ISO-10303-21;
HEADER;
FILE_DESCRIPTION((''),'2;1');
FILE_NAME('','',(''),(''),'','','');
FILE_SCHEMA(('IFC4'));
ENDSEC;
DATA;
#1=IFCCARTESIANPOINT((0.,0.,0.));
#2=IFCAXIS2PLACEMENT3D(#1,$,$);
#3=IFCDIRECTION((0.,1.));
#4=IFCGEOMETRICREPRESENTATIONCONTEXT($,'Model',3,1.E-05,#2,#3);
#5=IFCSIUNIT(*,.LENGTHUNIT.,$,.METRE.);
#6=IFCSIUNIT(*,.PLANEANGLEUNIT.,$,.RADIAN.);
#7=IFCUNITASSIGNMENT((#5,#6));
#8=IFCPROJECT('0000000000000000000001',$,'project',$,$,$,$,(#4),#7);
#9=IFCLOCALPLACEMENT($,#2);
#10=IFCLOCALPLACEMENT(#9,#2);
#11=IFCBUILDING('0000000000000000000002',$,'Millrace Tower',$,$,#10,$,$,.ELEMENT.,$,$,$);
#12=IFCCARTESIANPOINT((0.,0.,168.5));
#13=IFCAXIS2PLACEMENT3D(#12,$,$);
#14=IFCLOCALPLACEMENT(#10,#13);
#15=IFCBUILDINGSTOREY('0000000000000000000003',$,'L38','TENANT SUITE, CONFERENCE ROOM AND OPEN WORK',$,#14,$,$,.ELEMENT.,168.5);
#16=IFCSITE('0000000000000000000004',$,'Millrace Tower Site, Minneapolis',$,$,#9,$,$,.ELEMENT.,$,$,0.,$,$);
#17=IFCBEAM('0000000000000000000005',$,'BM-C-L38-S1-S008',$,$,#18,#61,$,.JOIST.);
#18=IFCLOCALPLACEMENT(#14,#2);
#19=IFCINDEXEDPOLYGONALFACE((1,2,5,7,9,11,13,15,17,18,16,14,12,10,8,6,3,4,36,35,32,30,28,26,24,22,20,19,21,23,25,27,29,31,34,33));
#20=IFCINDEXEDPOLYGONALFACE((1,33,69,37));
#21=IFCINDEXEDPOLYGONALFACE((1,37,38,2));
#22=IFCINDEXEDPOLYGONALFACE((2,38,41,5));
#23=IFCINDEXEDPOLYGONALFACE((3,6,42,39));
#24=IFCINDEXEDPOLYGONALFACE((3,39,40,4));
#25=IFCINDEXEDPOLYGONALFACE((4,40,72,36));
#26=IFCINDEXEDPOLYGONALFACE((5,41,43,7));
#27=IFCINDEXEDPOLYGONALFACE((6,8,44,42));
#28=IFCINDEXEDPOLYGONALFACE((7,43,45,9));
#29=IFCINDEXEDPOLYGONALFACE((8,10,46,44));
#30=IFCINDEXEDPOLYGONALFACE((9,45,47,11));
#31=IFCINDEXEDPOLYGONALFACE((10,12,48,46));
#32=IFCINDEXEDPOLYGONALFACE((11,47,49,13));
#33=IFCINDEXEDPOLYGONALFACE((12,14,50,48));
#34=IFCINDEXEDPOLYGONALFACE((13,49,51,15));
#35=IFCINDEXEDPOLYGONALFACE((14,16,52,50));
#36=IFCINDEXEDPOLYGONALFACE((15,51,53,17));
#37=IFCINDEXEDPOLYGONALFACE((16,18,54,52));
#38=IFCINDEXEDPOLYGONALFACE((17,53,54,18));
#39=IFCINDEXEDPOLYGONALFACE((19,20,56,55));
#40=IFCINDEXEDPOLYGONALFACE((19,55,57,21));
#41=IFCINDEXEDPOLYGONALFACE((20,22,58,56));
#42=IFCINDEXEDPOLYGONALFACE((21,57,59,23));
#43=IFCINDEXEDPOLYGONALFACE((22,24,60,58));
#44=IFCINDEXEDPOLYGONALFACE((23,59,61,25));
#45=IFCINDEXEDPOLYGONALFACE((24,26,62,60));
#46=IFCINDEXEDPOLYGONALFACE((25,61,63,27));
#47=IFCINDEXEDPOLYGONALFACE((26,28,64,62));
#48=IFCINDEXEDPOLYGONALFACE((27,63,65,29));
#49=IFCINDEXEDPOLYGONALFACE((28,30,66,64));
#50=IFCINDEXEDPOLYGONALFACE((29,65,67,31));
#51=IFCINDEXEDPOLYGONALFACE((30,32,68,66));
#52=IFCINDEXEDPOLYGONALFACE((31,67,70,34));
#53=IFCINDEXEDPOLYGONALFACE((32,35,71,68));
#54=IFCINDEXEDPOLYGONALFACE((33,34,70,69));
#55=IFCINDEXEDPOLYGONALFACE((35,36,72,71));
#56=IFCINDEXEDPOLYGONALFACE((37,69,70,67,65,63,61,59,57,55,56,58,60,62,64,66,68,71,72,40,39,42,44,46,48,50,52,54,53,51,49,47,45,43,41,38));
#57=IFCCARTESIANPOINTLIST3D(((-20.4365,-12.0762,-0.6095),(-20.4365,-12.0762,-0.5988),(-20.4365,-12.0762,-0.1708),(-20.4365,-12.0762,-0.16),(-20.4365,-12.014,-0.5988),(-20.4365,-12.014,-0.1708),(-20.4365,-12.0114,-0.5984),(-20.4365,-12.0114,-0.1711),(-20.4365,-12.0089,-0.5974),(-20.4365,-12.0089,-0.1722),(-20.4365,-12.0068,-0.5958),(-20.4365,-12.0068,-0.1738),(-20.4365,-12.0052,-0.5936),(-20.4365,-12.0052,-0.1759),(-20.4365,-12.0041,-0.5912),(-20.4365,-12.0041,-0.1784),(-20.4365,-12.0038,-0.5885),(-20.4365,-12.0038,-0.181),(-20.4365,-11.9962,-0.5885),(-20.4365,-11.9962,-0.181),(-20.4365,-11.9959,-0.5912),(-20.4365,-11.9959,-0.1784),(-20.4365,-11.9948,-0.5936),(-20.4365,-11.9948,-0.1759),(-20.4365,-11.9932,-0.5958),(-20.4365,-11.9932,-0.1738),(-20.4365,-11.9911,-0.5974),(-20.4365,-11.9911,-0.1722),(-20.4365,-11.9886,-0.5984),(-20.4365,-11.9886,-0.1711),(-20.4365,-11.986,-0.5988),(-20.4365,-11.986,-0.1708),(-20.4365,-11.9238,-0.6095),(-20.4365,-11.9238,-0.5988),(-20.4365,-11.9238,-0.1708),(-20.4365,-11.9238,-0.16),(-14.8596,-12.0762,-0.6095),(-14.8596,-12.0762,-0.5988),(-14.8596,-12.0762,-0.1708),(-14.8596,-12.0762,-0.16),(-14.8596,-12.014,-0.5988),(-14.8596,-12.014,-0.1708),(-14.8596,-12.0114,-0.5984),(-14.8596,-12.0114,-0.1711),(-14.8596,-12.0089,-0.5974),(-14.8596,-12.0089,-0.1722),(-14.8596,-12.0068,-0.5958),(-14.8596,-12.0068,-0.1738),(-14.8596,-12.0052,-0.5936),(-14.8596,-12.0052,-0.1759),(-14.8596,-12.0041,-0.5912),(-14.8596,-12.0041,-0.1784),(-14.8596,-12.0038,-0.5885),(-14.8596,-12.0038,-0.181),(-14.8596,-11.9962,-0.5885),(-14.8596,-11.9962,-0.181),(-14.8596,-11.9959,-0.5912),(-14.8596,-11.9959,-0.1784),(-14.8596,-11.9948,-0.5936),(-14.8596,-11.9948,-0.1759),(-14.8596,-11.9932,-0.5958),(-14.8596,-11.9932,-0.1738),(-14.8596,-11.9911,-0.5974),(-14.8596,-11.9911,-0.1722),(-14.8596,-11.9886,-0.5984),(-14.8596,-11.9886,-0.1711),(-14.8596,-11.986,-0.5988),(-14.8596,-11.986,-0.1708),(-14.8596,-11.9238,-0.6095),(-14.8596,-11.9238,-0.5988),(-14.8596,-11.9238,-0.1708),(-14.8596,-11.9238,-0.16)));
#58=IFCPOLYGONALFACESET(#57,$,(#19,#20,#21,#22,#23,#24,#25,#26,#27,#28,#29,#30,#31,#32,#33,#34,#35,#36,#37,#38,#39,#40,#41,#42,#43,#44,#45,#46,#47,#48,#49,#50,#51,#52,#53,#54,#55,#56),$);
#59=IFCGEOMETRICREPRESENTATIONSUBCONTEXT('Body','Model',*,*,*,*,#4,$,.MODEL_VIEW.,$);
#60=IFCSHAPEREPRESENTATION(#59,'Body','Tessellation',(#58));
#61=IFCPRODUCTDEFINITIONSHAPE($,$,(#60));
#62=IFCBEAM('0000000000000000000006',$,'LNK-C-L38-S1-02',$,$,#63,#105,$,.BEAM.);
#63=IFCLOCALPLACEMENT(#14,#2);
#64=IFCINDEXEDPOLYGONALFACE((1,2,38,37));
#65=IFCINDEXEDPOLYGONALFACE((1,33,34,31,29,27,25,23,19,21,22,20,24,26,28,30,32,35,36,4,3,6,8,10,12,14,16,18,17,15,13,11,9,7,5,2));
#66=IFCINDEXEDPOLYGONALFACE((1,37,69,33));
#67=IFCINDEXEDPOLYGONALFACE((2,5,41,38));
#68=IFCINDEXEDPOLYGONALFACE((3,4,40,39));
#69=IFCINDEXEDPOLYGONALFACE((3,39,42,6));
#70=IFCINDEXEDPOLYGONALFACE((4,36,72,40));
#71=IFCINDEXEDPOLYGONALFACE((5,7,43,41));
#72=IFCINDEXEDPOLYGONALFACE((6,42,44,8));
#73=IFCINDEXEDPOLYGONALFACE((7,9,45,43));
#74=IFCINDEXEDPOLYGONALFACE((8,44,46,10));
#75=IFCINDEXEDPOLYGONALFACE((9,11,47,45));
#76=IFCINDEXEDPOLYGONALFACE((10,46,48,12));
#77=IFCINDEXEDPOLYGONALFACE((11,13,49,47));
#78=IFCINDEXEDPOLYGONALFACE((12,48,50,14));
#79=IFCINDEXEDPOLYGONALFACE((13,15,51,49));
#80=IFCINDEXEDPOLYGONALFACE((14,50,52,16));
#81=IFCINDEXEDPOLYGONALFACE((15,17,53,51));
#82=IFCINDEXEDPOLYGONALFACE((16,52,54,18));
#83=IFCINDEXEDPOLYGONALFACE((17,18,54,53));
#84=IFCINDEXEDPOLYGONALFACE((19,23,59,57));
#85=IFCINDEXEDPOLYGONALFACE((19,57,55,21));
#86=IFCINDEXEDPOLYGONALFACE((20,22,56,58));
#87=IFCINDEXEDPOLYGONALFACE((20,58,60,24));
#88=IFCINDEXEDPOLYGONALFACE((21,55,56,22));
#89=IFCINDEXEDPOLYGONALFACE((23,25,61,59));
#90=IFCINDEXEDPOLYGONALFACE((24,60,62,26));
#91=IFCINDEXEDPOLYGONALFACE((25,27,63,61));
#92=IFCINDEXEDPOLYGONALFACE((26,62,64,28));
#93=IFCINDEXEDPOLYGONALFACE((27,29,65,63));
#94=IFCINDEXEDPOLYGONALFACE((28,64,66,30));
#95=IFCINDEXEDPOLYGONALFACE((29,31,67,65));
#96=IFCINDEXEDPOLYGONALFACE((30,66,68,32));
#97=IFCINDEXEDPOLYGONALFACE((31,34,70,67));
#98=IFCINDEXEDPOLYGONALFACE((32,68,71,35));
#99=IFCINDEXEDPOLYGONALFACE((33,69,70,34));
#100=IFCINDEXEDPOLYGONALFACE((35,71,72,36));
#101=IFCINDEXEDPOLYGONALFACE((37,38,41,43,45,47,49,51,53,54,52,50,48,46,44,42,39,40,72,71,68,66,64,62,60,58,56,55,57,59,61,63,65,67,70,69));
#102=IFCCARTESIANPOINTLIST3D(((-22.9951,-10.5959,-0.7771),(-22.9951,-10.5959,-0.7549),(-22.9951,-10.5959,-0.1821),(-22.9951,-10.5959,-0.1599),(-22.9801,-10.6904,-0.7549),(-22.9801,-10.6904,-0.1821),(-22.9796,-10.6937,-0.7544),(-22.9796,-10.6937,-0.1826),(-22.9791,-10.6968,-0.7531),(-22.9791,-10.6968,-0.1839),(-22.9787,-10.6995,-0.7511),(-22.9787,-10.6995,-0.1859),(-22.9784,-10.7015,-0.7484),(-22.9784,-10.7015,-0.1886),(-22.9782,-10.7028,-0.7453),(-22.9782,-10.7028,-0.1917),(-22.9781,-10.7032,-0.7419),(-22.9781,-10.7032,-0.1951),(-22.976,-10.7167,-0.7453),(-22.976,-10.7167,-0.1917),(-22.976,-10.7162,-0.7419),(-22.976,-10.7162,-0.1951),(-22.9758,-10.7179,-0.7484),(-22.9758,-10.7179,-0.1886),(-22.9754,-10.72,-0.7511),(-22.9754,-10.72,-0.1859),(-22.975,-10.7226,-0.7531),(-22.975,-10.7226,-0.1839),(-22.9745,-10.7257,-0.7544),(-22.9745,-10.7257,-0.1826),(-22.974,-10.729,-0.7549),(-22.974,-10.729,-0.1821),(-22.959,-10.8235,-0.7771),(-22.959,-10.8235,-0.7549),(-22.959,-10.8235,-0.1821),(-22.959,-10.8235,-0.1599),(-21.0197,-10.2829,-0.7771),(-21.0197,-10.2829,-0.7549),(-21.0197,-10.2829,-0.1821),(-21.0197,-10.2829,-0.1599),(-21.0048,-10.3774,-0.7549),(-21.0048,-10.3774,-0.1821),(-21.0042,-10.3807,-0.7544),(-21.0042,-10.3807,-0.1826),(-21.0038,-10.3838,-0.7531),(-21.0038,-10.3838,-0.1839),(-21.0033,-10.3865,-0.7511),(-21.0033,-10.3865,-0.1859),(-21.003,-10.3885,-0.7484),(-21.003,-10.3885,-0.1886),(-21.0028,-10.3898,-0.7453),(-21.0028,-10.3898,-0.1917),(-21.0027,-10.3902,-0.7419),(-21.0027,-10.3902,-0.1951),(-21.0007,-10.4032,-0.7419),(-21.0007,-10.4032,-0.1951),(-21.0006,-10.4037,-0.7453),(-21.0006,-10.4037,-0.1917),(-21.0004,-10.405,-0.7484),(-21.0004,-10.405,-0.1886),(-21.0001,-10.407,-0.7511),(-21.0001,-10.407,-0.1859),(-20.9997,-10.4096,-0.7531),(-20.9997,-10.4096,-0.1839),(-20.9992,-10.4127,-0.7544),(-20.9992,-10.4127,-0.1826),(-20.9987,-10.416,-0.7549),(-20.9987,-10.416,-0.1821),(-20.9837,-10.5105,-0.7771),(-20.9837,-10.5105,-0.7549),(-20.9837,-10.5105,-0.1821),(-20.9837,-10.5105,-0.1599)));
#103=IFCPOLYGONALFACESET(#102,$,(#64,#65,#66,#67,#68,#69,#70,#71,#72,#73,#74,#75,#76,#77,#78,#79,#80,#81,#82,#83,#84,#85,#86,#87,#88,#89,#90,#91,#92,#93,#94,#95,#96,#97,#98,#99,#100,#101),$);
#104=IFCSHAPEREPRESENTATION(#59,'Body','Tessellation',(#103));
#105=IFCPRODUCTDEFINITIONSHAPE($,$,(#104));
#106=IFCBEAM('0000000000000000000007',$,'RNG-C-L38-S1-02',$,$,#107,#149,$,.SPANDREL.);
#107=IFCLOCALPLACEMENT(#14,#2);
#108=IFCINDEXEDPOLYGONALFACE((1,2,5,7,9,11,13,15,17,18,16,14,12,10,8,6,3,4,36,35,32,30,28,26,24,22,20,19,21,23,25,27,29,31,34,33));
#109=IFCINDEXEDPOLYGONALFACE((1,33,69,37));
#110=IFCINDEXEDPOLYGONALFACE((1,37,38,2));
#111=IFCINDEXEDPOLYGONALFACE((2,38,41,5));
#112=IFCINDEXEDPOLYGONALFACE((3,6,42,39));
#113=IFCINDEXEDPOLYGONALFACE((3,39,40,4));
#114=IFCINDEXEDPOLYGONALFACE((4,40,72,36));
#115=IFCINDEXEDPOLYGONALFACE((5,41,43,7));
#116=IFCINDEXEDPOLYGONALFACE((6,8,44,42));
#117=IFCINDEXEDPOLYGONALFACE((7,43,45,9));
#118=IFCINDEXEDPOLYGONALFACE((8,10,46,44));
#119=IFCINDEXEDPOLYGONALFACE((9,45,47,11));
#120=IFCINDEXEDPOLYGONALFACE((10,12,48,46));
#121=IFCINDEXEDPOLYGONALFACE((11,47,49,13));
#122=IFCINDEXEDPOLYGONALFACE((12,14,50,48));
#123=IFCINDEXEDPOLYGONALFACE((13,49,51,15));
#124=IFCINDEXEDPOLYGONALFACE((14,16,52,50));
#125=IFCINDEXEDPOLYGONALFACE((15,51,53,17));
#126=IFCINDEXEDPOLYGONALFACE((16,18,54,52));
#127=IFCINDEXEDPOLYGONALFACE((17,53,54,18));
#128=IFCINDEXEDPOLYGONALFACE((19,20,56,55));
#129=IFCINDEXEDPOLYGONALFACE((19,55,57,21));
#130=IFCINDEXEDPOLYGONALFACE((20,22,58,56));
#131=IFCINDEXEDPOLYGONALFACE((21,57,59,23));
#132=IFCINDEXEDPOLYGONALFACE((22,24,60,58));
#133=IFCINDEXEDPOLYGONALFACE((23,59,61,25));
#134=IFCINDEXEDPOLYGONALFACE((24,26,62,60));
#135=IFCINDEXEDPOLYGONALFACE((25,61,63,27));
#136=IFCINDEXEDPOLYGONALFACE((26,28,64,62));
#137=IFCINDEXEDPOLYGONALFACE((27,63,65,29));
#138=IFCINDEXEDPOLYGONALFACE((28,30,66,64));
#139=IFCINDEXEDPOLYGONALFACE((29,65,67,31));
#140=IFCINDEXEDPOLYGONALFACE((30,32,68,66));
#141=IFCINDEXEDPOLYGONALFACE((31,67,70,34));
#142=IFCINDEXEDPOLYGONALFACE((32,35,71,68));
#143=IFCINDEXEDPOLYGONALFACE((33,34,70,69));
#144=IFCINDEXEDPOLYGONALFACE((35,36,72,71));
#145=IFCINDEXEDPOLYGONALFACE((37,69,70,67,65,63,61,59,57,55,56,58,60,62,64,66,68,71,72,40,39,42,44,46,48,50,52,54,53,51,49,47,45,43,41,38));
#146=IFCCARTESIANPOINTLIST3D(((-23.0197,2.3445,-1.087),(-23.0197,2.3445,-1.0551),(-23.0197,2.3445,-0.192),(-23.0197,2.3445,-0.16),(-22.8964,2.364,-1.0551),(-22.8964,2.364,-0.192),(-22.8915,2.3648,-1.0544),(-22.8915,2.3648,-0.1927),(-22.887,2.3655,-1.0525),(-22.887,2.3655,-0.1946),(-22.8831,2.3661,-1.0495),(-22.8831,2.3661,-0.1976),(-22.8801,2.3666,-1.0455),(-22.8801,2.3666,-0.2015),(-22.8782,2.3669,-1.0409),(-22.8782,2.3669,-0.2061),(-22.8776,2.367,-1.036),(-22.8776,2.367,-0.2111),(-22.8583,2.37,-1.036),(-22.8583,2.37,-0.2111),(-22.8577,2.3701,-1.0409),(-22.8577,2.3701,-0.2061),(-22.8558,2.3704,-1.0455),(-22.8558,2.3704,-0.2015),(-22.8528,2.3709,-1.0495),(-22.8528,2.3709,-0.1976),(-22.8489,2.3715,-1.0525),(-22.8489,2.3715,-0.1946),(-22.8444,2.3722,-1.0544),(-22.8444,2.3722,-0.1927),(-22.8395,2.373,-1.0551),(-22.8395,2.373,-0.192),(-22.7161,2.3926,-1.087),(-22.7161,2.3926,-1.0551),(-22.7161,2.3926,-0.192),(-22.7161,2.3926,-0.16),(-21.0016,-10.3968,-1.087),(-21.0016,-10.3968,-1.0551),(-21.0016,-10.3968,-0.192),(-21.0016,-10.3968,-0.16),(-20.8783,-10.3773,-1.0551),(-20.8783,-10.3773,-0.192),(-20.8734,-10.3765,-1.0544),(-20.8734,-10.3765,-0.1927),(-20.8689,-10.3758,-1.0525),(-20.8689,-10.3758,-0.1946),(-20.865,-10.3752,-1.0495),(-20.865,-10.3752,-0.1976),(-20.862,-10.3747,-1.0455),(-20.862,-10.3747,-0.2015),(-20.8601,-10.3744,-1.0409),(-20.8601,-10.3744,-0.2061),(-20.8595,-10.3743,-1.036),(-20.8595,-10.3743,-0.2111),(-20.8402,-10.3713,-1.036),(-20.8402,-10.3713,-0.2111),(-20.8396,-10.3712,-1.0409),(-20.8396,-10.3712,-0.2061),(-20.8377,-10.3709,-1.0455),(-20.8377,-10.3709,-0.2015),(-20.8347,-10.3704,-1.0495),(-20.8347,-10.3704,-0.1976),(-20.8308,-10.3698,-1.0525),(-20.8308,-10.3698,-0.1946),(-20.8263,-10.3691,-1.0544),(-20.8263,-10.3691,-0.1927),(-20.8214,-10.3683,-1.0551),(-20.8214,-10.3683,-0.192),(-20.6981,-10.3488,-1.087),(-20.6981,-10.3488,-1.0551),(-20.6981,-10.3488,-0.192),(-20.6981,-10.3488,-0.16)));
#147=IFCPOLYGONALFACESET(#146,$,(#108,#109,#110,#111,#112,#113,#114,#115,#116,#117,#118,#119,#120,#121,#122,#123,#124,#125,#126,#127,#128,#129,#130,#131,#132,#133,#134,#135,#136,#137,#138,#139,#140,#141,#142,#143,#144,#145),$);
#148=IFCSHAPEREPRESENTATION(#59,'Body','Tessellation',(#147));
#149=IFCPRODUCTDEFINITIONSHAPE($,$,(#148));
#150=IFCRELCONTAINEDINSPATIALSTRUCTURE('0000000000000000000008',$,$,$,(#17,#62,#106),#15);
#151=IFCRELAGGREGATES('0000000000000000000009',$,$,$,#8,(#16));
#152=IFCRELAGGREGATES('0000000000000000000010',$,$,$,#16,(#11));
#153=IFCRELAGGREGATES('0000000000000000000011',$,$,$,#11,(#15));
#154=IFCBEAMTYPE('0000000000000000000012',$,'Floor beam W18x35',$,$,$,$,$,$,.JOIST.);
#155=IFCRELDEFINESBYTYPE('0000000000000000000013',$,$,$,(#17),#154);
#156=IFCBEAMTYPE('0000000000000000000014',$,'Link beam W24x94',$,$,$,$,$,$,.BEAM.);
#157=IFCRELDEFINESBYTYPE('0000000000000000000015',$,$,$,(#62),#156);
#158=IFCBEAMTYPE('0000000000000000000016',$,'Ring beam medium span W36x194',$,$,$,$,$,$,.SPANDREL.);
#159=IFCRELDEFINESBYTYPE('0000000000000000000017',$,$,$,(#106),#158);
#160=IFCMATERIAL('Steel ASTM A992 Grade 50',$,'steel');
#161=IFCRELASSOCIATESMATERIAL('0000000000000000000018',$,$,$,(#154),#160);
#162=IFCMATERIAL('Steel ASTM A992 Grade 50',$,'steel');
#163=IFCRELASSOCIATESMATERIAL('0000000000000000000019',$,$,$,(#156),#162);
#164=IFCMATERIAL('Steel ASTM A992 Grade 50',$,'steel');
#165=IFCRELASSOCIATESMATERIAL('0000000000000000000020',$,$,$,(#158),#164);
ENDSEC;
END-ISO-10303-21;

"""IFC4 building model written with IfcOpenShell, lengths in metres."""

from ifc_helpers import new_model, si_unit, direction, frame, origin, origin_2d, place, context, subcontext, project, spatial, i_section, extrude, material, material_profile, profile_set, type_object, element, save


model = new_model("IFC4")

# Units and contexts
model_context = context("Model", 3, precision=1e-05, world=origin(), true_north=direction((0.0, 1.0)))
body_context = subcontext(model_context, "Body", "Model", "MODEL_VIEW")
ifc_project = project(units=[si_unit("LENGTHUNIT", "METRE"), si_unit("PLANEANGLEUNIT", "RADIAN")], contexts=[model_context])

# Site, building, storey
site_placement = place(None, origin())
site = spatial("IfcSite", under=ifc_project, at=site_placement, Name="Millrace Tower Site, Minneapolis", CompositionType="ELEMENT", RefElevation=0.0)
building_placement = place(site_placement, origin())
building = spatial("IfcBuilding", under=site, at=building_placement, Name="Millrace Tower", CompositionType="ELEMENT")
storey_placement = place(building_placement, frame((0.0, 0.0, 168.5)))
storey = spatial("IfcBuildingStorey", under=building, at=storey_placement, Name="L38", Description="TENANT SUITE, CONFERENCE ROOM AND OPEN WORK", CompositionType="ELEMENT", Elevation=168.5)

# Beams
ifc_material_1 = material(Name="Steel ASTM A992 Grade 50", Category="steel")
ifc_material_profile_1 = material_profile(ifc_material_1, i_section(OverallWidth=0.1523, OverallDepth=0.4495, WebThickness=0.0076, FlangeThickness=0.0107, FilletRadius=0.0103, at=origin_2d()))
ifc_profile_set_1 = profile_set([ifc_material_profile_1], Name="Steel ASTM A992 Grade 50")
beam_type_1 = type_object("IfcBeamType", Name="Floor beam W18x35", PredefinedType="JOIST", material=ifc_profile_set_1)
beam_1_placement = place(storey_placement, frame((-20.4365, -12.0, -0.3848), z_axis=(1.0, 0.0, 0.0), x_axis=(0.0, 1.0, 0.0)))
element("IfcBeam", 1, at=beam_1_placement, inside=storey, type_object=beam_type_1, Name="BM-C-L38-S1-S008", PredefinedType="JOIST", context=body_context, shape_type="SweptSolid", body=[
    extrude(i_section(OverallWidth=0.1523, OverallDepth=0.4495, WebThickness=0.0076, FlangeThickness=0.0107, FilletRadius=0.0103, at=origin_2d()), origin(), (0.0, 0.0, 1.0), 5.5769),
])
ifc_material_2 = material(Name="Steel ASTM A992 Grade 50", Category="steel")
ifc_material_profile_2 = material_profile(ifc_material_2, i_section(OverallWidth=0.2305, OverallDepth=0.6172, WebThickness=0.0132, FlangeThickness=0.0222, FilletRadius=0.0129, at=origin_2d()))
ifc_profile_set_2 = profile_set([ifc_material_profile_2], Name="Steel ASTM A992 Grade 50")
beam_type_2 = type_object("IfcBeamType", Name="Link beam W24x94", PredefinedType="BEAM", material=ifc_profile_set_2)
beam_2_placement = place(storey_placement, frame((-21.0017, -10.3967, -0.4685), z_axis=(-0.987679, -0.156495, 0.0), x_axis=(0.156495, -0.987679, 0.0)))
element("IfcBeam", 2, at=beam_2_placement, inside=storey, type_object=beam_type_2, Name="LNK-C-L38-S1-02", PredefinedType="BEAM", context=body_context, shape_type="SweptSolid", body=[
    extrude(i_section(OverallWidth=0.2305, OverallDepth=0.6172, WebThickness=0.0132, FlangeThickness=0.0222, FilletRadius=0.0129, at=origin_2d()), origin(), (0.0, 0.0, 1.0), 2.0),
])
ifc_material_3 = material(Name="Steel ASTM A992 Grade 50", Category="steel")
ifc_material_profile_3 = material_profile(ifc_material_3, i_section(OverallWidth=0.3074, OverallDepth=0.927, WebThickness=0.0195, FlangeThickness=0.032, FilletRadius=0.019, at=origin_2d()))
ifc_profile_set_3 = profile_set([ifc_material_profile_3], Name="Steel ASTM A992 Grade 50")
beam_type_3 = type_object("IfcBeamType", Name="Ring beam medium span W36x194", PredefinedType="SPANDREL", material=ifc_profile_set_3)
beam_3_placement = place(storey_placement, frame((-20.8499, -10.3728, -0.6235), z_axis=(-0.156439, 0.987688, 0.0), x_axis=(-0.987688, -0.156439, 0.0)))
element("IfcBeam", 3, at=beam_3_placement, inside=storey, type_object=beam_type_3, Name="RNG-C-L38-S1-02", PredefinedType="SPANDREL", context=body_context, shape_type="SweptSolid", body=[
    extrude(i_section(OverallWidth=0.3074, OverallDepth=0.927, WebThickness=0.0195, FlangeThickness=0.032, FilletRadius=0.019, at=origin_2d()), origin(), (0.0, 0.0, 1.0), 12.9001),
])

save(model, "model.ifc")
